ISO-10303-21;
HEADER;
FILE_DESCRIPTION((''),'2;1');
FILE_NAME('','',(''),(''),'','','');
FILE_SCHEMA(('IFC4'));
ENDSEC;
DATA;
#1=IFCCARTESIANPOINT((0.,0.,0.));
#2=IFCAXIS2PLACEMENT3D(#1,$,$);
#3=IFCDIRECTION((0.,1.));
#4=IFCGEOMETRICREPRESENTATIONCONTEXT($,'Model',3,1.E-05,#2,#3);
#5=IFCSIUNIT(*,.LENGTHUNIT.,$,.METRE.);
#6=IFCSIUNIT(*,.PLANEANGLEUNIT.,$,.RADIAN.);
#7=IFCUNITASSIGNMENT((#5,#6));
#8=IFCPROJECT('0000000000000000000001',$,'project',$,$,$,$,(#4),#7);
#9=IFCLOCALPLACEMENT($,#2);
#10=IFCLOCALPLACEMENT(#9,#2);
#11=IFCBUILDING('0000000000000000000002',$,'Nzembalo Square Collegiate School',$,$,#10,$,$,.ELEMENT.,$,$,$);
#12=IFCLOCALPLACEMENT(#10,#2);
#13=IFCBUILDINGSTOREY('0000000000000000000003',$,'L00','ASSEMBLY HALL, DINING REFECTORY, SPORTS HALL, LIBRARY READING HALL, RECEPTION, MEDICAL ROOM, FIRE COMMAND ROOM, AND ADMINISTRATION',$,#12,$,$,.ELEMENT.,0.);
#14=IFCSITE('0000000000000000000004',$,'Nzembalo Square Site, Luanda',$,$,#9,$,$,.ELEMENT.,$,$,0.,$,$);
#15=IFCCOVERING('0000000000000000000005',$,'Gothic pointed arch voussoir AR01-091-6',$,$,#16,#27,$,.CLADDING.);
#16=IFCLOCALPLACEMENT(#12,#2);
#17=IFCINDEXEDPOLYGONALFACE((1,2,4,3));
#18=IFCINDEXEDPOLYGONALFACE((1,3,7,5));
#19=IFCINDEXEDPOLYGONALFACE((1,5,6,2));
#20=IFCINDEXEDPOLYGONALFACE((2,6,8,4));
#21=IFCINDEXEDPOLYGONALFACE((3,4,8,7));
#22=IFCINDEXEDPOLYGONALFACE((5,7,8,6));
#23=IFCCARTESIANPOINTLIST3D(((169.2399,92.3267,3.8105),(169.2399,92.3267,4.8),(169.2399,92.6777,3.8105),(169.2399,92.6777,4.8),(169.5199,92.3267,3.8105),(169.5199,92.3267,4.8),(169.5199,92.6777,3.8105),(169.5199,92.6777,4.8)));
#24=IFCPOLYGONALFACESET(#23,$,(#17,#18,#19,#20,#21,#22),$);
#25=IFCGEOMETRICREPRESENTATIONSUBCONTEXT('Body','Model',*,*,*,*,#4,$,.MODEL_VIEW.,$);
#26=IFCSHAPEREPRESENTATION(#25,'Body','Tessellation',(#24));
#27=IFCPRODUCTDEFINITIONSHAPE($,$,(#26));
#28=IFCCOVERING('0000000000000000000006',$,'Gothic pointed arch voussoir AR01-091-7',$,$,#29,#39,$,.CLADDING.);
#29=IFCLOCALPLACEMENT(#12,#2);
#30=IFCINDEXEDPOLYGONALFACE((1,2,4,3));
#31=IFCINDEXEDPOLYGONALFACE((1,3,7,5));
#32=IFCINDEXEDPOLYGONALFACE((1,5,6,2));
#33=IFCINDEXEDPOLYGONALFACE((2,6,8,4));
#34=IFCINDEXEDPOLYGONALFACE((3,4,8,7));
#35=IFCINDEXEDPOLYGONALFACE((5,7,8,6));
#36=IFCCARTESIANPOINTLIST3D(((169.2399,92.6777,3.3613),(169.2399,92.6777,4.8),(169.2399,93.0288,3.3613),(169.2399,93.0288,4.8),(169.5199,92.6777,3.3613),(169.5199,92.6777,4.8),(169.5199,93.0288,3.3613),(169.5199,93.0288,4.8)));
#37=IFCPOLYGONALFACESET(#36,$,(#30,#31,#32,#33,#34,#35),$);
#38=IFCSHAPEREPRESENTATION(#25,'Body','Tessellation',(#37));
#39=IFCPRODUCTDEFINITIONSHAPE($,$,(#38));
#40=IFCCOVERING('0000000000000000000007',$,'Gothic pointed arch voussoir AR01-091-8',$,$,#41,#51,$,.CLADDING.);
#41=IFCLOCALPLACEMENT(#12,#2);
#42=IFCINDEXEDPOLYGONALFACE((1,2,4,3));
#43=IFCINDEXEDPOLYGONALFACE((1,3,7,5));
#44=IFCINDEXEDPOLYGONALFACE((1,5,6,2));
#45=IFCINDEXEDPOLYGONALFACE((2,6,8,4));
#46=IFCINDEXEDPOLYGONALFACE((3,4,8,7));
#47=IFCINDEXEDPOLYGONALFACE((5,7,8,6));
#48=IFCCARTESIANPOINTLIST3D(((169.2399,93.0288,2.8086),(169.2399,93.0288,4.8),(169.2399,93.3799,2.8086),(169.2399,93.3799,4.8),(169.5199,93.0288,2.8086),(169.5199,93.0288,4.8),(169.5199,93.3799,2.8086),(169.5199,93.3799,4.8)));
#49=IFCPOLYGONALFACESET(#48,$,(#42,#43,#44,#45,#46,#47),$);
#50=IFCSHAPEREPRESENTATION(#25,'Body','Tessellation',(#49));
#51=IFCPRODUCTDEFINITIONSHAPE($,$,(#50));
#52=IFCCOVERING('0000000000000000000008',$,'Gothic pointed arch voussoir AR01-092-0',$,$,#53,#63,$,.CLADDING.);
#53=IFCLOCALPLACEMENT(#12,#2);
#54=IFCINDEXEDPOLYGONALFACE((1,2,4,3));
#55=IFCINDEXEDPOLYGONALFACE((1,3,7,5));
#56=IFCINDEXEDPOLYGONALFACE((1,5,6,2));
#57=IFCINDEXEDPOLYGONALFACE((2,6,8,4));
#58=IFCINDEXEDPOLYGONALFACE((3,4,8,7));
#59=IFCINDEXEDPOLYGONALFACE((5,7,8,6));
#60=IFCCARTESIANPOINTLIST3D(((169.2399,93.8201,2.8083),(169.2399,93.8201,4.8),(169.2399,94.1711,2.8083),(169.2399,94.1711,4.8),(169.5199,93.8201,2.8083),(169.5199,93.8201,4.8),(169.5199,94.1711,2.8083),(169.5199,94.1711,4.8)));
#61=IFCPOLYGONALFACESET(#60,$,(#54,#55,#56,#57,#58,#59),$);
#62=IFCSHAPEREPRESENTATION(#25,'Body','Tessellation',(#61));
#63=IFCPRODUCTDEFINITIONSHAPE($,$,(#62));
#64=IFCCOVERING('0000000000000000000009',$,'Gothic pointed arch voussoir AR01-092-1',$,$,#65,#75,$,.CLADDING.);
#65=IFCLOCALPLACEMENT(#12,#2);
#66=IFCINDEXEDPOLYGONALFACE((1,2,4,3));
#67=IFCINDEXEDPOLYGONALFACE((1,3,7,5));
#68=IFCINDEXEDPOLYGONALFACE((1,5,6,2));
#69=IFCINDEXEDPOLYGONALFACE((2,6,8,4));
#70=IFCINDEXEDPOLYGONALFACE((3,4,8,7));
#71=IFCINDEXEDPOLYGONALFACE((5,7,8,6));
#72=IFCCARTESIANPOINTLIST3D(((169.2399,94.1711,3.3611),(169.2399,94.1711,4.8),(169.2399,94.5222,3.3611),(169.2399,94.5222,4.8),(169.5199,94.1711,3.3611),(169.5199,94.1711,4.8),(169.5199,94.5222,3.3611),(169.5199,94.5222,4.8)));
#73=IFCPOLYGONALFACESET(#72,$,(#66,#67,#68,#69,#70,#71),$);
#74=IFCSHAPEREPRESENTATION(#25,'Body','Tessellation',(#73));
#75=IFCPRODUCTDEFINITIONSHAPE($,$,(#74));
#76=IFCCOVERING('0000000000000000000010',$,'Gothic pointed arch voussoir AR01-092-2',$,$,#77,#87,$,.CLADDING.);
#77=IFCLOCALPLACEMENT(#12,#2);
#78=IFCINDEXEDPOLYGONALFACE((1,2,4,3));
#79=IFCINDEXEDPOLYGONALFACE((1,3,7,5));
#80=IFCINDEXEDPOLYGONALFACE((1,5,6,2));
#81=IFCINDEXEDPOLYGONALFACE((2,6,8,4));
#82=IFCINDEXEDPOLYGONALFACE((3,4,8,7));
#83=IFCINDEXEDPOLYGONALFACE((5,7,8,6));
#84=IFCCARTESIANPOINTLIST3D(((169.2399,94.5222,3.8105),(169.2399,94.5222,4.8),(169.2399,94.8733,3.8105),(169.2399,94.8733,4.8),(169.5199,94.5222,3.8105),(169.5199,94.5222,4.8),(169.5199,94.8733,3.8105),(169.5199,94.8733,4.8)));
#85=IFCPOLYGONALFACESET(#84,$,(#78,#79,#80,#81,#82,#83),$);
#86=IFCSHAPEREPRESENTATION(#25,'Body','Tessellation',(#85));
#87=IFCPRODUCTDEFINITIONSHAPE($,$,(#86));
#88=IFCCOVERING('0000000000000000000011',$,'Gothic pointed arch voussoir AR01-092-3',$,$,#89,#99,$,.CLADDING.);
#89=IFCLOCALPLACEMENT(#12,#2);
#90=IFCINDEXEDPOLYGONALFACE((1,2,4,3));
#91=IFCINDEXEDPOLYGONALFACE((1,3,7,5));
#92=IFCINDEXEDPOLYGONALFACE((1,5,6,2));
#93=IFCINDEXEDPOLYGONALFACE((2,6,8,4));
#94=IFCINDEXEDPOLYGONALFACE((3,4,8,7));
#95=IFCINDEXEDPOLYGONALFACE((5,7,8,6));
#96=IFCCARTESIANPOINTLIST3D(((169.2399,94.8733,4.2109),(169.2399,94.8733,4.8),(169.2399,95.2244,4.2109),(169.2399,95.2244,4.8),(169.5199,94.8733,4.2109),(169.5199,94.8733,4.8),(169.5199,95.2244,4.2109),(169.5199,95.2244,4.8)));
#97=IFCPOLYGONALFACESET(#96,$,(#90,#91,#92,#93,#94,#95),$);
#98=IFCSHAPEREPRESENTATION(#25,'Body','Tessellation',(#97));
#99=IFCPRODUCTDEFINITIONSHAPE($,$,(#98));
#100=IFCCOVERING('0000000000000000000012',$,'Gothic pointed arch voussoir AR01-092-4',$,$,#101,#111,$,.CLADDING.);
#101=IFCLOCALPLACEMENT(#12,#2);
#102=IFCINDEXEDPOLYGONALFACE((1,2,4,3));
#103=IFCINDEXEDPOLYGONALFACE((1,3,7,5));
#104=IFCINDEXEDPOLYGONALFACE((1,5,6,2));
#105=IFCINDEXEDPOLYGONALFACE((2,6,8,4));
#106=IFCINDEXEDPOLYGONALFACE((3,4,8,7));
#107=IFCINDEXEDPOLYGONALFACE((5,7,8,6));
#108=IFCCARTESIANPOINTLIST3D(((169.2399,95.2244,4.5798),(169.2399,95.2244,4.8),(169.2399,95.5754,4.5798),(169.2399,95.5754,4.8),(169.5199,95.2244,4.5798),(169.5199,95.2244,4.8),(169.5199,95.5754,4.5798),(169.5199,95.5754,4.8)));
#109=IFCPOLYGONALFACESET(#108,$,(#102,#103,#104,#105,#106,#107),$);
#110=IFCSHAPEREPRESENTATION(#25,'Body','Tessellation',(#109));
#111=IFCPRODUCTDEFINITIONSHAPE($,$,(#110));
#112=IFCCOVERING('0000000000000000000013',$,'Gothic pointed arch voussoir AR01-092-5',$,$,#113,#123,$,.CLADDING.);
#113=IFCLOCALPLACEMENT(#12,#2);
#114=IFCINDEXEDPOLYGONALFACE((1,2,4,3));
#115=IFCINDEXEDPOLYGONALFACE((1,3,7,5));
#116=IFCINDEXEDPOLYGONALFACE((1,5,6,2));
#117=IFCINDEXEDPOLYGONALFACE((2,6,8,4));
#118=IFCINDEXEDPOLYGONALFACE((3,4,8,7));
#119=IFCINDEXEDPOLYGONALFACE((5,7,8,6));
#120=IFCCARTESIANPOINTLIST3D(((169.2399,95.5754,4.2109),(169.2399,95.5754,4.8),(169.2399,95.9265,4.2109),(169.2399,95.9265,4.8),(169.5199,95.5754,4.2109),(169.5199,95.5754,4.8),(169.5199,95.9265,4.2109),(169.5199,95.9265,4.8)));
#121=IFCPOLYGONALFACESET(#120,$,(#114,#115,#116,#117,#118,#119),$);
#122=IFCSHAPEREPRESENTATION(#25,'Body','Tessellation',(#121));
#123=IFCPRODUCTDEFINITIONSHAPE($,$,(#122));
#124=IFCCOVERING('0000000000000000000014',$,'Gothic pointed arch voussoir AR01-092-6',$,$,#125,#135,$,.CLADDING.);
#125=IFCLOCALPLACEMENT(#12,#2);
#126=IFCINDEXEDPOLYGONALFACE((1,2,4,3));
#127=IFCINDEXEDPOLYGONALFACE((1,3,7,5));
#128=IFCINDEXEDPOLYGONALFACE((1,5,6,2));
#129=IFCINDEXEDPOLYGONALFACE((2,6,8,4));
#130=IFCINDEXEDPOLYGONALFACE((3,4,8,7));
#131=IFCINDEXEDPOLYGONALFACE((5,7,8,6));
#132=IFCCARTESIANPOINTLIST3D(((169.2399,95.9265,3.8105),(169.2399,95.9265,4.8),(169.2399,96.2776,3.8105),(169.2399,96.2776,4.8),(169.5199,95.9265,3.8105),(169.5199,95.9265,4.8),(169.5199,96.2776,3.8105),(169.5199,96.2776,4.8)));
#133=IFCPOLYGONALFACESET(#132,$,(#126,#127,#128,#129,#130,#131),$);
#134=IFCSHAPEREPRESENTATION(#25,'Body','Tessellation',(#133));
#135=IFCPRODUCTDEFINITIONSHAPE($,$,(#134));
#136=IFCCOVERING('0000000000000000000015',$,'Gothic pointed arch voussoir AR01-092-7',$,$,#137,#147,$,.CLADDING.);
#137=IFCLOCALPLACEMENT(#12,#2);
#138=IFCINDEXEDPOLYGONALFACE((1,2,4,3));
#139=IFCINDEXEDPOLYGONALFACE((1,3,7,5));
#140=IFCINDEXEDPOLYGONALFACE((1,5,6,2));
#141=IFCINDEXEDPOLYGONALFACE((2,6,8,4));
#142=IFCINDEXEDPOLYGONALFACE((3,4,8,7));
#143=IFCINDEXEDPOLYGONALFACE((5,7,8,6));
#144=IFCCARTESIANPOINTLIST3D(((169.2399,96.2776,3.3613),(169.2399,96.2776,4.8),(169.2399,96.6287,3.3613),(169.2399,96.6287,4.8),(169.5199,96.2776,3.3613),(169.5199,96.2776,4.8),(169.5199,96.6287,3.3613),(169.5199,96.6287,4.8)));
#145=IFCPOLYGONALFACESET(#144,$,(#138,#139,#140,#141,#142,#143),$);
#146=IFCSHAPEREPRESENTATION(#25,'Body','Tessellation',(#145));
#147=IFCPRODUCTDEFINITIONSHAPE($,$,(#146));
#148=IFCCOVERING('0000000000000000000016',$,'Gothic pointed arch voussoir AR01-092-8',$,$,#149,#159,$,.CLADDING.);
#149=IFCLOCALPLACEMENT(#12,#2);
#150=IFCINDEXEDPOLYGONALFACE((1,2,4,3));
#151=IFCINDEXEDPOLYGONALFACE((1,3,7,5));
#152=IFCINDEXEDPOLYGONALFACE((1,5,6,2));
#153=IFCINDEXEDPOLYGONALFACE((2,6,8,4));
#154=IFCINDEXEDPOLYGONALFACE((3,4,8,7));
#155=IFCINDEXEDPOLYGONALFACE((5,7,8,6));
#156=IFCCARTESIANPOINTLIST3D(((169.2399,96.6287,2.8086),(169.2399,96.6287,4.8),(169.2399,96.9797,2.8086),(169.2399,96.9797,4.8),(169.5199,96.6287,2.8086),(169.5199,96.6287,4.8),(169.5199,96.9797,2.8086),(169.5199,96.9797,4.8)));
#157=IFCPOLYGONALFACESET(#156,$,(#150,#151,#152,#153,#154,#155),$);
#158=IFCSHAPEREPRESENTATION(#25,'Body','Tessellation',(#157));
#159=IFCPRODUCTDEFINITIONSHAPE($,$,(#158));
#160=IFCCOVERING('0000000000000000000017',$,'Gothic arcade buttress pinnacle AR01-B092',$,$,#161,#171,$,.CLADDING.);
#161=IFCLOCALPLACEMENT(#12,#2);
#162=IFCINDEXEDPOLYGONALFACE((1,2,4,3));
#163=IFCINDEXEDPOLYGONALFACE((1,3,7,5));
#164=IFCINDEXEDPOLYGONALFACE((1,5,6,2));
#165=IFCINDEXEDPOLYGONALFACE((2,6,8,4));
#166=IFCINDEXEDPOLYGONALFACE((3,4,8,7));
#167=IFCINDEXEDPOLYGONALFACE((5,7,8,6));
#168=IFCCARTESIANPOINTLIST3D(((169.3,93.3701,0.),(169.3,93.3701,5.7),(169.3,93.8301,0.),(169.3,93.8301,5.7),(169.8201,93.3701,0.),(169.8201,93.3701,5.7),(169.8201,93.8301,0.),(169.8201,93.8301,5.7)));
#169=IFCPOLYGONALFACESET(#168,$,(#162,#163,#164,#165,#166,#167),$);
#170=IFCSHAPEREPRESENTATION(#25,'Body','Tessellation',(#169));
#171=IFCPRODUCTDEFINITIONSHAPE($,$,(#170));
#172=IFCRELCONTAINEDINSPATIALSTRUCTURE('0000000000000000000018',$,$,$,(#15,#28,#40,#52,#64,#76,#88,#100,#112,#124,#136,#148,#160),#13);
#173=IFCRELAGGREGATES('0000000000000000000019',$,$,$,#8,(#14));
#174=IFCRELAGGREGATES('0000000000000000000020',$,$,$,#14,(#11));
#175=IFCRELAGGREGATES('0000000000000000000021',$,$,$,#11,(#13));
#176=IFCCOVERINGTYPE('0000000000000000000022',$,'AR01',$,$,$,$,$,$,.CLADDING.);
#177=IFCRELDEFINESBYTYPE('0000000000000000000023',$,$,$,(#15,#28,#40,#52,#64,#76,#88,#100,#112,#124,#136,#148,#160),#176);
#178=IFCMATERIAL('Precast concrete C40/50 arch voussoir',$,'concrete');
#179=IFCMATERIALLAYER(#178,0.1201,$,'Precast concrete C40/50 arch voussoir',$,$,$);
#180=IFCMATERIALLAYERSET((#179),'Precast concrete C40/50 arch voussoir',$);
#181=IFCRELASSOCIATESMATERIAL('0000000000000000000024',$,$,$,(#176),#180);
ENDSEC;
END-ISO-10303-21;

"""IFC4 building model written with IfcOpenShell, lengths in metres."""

from ifc_helpers import new_model, si_unit, direction, frame, origin, origin_2d, place, context, subcontext, project, spatial, rectangle, extrude, material, layer, layer_set, type_object, element, save


model = new_model("IFC4")

# Units and contexts
model_context = context("Model", 3, precision=1e-05, world=origin(), true_north=direction((0.0, 1.0)))
body_context = subcontext(model_context, "Body", "Model", "MODEL_VIEW")
ifc_project = project(units=[si_unit("LENGTHUNIT", "METRE"), si_unit("PLANEANGLEUNIT", "RADIAN")], contexts=[model_context])

# Site, building, storey
site_placement = place(None, origin())
site = spatial("IfcSite", under=ifc_project, at=site_placement, Name="Nzembalo Square Site, Luanda", CompositionType="ELEMENT", RefElevation=0.0)
building_placement = place(site_placement, origin())
building = spatial("IfcBuilding", under=site, at=building_placement, Name="Nzembalo Square Collegiate School", CompositionType="ELEMENT")
storey_placement = place(building_placement, origin())
storey = spatial("IfcBuildingStorey", under=building, at=storey_placement, Name="L00", Description="ASSEMBLY HALL, DINING REFECTORY, SPORTS HALL, LIBRARY READING HALL, RECEPTION, MEDICAL ROOM, FIRE COMMAND ROOM, AND ADMINISTRATION", CompositionType="ELEMENT", Elevation=0.0)

# Coverings
ifc_material_1 = material(Name="Precast concrete C40/50 arch voussoir", Category="concrete")
ifc_layer_1 = layer(ifc_material_1, 0.1201, Name="Precast concrete C40/50 arch voussoir")
ifc_layer_set_1 = layer_set([ifc_layer_1], Name="Precast concrete C40/50 arch voussoir")
covering_type = type_object("IfcCoveringType", Name="AR01", PredefinedType="CLADDING", material=ifc_layer_set_1)
covering_1_placement = place(storey_placement, frame((169.3799, 92.5022, 3.8105), z_axis=(0.0, 0.0, 1.0), x_axis=(1.0, 0.0, 0.0)))
element("IfcCovering", 1, at=covering_1_placement, inside=storey, type_object=covering_type, Name="Gothic pointed arch voussoir AR01-091-6", PredefinedType="CLADDING", context=body_context, shape_type="SweptSolid", body=[
    extrude(rectangle(XDim=0.28, YDim=0.3511, at=origin_2d()), origin(), (0.0, 0.0, 1.0), 0.9895),
])
covering_2_placement = place(storey_placement, frame((169.3799, 92.8533, 3.3613), z_axis=(0.0, 0.0, 1.0), x_axis=(1.0, 0.0, 0.0)))
element("IfcCovering", 2, at=covering_2_placement, inside=storey, type_object=covering_type, Name="Gothic pointed arch voussoir AR01-091-7", PredefinedType="CLADDING", context=body_context, shape_type="SweptSolid", body=[
    extrude(rectangle(XDim=0.28, YDim=0.3511, at=origin_2d()), origin(), (0.0, 0.0, 1.0), 1.4387),
])
covering_3_placement = place(storey_placement, frame((169.3799, 93.2043, 2.8086), z_axis=(0.0, 0.0, 1.0), x_axis=(1.0, 0.0, 0.0)))
element("IfcCovering", 3, at=covering_3_placement, inside=storey, type_object=covering_type, Name="Gothic pointed arch voussoir AR01-091-8", PredefinedType="CLADDING", context=body_context, shape_type="SweptSolid", body=[
    extrude(rectangle(XDim=0.28, YDim=0.3511, at=origin_2d()), origin(), (0.0, 0.0, 1.0), 1.9915),
])
covering_4_placement = place(storey_placement, frame((169.3799, 93.9956, 2.8083), z_axis=(0.0, 0.0, 1.0), x_axis=(1.0, 0.0, 0.0)))
element("IfcCovering", 4, at=covering_4_placement, inside=storey, type_object=covering_type, Name="Gothic pointed arch voussoir AR01-092-0", PredefinedType="CLADDING", context=body_context, shape_type="SweptSolid", body=[
    extrude(rectangle(XDim=0.28, YDim=0.3511, at=origin_2d()), origin(), (0.0, 0.0, 1.0), 1.9917),
])
covering_5_placement = place(storey_placement, frame((169.3799, 94.3467, 3.3611), z_axis=(0.0, 0.0, 1.0), x_axis=(1.0, 0.0, 0.0)))
element("IfcCovering", 5, at=covering_5_placement, inside=storey, type_object=covering_type, Name="Gothic pointed arch voussoir AR01-092-1", PredefinedType="CLADDING", context=body_context, shape_type="SweptSolid", body=[
    extrude(rectangle(XDim=0.28, YDim=0.3511, at=origin_2d()), origin(), (0.0, 0.0, 1.0), 1.439),
])
covering_6_placement = place(storey_placement, frame((169.3799, 94.6978, 3.8105), z_axis=(0.0, 0.0, 1.0), x_axis=(1.0, 0.0, 0.0)))
element("IfcCovering", 6, at=covering_6_placement, inside=storey, type_object=covering_type, Name="Gothic pointed arch voussoir AR01-092-2", PredefinedType="CLADDING", context=body_context, shape_type="SweptSolid", body=[
    extrude(rectangle(XDim=0.28, YDim=0.3511, at=origin_2d()), origin(), (0.0, 0.0, 1.0), 0.9895),
])
covering_7_placement = place(storey_placement, frame((169.3799, 95.0488, 4.2109), z_axis=(0.0, 0.0, 1.0), x_axis=(1.0, 0.0, 0.0)))
element("IfcCovering", 7, at=covering_7_placement, inside=storey, type_object=covering_type, Name="Gothic pointed arch voussoir AR01-092-3", PredefinedType="CLADDING", context=body_context, shape_type="SweptSolid", body=[
    extrude(rectangle(XDim=0.28, YDim=0.3511, at=origin_2d()), origin(), (0.0, 0.0, 1.0), 0.5891),
])
covering_8_placement = place(storey_placement, frame((169.3799, 95.3999, 4.5798), z_axis=(0.0, 0.0, 1.0), x_axis=(1.0, 0.0, 0.0)))
element("IfcCovering", 8, at=covering_8_placement, inside=storey, type_object=covering_type, Name="Gothic pointed arch voussoir AR01-092-4", PredefinedType="CLADDING", context=body_context, shape_type="SweptSolid", body=[
    extrude(rectangle(XDim=0.28, YDim=0.3511, at=origin_2d()), origin(), (0.0, 0.0, 1.0), 0.2202),
])
covering_9_placement = place(storey_placement, frame((169.3799, 95.751, 4.2109), z_axis=(0.0, 0.0, 1.0), x_axis=(1.0, 0.0, 0.0)))
element("IfcCovering", 9, at=covering_9_placement, inside=storey, type_object=covering_type, Name="Gothic pointed arch voussoir AR01-092-5", PredefinedType="CLADDING", context=body_context, shape_type="SweptSolid", body=[
    extrude(rectangle(XDim=0.28, YDim=0.3511, at=origin_2d()), origin(), (0.0, 0.0, 1.0), 0.5891),
])
covering_10_placement = place(storey_placement, frame((169.3799, 96.1021, 3.8105), z_axis=(0.0, 0.0, 1.0), x_axis=(1.0, 0.0, 0.0)))
element("IfcCovering", 10, at=covering_10_placement, inside=storey, type_object=covering_type, Name="Gothic pointed arch voussoir AR01-092-6", PredefinedType="CLADDING", context=body_context, shape_type="SweptSolid", body=[
    extrude(rectangle(XDim=0.28, YDim=0.3511, at=origin_2d()), origin(), (0.0, 0.0, 1.0), 0.9895),
])
covering_11_placement = place(storey_placement, frame((169.3799, 96.4531, 3.3613), z_axis=(0.0, 0.0, 1.0), x_axis=(1.0, 0.0, 0.0)))
element("IfcCovering", 11, at=covering_11_placement, inside=storey, type_object=covering_type, Name="Gothic pointed arch voussoir AR01-092-7", PredefinedType="CLADDING", context=body_context, shape_type="SweptSolid", body=[
    extrude(rectangle(XDim=0.28, YDim=0.3511, at=origin_2d()), origin(), (0.0, 0.0, 1.0), 1.4387),
])
covering_12_placement = place(storey_placement, frame((169.3799, 96.8042, 2.8086), z_axis=(0.0, 0.0, 1.0), x_axis=(1.0, 0.0, 0.0)))
element("IfcCovering", 12, at=covering_12_placement, inside=storey, type_object=covering_type, Name="Gothic pointed arch voussoir AR01-092-8", PredefinedType="CLADDING", context=body_context, shape_type="SweptSolid", body=[
    extrude(rectangle(XDim=0.28, YDim=0.3511, at=origin_2d()), origin(), (0.0, 0.0, 1.0), 1.9915),
])
covering_13_placement = place(storey_placement, frame((169.5601, 93.6001, 0.0), z_axis=(0.0, 0.0, 1.0), x_axis=(1.0, 0.0, 0.0)))
element("IfcCovering", 13, at=covering_13_placement, inside=storey, type_object=covering_type, Name="Gothic arcade buttress pinnacle AR01-B092", PredefinedType="CLADDING", context=body_context, shape_type="SweptSolid", body=[
    extrude(rectangle(XDim=0.52, YDim=0.46, at=origin_2d()), origin(), (0.0, 0.0, 1.0), 5.7),
])

save(model, "model.ifc")
